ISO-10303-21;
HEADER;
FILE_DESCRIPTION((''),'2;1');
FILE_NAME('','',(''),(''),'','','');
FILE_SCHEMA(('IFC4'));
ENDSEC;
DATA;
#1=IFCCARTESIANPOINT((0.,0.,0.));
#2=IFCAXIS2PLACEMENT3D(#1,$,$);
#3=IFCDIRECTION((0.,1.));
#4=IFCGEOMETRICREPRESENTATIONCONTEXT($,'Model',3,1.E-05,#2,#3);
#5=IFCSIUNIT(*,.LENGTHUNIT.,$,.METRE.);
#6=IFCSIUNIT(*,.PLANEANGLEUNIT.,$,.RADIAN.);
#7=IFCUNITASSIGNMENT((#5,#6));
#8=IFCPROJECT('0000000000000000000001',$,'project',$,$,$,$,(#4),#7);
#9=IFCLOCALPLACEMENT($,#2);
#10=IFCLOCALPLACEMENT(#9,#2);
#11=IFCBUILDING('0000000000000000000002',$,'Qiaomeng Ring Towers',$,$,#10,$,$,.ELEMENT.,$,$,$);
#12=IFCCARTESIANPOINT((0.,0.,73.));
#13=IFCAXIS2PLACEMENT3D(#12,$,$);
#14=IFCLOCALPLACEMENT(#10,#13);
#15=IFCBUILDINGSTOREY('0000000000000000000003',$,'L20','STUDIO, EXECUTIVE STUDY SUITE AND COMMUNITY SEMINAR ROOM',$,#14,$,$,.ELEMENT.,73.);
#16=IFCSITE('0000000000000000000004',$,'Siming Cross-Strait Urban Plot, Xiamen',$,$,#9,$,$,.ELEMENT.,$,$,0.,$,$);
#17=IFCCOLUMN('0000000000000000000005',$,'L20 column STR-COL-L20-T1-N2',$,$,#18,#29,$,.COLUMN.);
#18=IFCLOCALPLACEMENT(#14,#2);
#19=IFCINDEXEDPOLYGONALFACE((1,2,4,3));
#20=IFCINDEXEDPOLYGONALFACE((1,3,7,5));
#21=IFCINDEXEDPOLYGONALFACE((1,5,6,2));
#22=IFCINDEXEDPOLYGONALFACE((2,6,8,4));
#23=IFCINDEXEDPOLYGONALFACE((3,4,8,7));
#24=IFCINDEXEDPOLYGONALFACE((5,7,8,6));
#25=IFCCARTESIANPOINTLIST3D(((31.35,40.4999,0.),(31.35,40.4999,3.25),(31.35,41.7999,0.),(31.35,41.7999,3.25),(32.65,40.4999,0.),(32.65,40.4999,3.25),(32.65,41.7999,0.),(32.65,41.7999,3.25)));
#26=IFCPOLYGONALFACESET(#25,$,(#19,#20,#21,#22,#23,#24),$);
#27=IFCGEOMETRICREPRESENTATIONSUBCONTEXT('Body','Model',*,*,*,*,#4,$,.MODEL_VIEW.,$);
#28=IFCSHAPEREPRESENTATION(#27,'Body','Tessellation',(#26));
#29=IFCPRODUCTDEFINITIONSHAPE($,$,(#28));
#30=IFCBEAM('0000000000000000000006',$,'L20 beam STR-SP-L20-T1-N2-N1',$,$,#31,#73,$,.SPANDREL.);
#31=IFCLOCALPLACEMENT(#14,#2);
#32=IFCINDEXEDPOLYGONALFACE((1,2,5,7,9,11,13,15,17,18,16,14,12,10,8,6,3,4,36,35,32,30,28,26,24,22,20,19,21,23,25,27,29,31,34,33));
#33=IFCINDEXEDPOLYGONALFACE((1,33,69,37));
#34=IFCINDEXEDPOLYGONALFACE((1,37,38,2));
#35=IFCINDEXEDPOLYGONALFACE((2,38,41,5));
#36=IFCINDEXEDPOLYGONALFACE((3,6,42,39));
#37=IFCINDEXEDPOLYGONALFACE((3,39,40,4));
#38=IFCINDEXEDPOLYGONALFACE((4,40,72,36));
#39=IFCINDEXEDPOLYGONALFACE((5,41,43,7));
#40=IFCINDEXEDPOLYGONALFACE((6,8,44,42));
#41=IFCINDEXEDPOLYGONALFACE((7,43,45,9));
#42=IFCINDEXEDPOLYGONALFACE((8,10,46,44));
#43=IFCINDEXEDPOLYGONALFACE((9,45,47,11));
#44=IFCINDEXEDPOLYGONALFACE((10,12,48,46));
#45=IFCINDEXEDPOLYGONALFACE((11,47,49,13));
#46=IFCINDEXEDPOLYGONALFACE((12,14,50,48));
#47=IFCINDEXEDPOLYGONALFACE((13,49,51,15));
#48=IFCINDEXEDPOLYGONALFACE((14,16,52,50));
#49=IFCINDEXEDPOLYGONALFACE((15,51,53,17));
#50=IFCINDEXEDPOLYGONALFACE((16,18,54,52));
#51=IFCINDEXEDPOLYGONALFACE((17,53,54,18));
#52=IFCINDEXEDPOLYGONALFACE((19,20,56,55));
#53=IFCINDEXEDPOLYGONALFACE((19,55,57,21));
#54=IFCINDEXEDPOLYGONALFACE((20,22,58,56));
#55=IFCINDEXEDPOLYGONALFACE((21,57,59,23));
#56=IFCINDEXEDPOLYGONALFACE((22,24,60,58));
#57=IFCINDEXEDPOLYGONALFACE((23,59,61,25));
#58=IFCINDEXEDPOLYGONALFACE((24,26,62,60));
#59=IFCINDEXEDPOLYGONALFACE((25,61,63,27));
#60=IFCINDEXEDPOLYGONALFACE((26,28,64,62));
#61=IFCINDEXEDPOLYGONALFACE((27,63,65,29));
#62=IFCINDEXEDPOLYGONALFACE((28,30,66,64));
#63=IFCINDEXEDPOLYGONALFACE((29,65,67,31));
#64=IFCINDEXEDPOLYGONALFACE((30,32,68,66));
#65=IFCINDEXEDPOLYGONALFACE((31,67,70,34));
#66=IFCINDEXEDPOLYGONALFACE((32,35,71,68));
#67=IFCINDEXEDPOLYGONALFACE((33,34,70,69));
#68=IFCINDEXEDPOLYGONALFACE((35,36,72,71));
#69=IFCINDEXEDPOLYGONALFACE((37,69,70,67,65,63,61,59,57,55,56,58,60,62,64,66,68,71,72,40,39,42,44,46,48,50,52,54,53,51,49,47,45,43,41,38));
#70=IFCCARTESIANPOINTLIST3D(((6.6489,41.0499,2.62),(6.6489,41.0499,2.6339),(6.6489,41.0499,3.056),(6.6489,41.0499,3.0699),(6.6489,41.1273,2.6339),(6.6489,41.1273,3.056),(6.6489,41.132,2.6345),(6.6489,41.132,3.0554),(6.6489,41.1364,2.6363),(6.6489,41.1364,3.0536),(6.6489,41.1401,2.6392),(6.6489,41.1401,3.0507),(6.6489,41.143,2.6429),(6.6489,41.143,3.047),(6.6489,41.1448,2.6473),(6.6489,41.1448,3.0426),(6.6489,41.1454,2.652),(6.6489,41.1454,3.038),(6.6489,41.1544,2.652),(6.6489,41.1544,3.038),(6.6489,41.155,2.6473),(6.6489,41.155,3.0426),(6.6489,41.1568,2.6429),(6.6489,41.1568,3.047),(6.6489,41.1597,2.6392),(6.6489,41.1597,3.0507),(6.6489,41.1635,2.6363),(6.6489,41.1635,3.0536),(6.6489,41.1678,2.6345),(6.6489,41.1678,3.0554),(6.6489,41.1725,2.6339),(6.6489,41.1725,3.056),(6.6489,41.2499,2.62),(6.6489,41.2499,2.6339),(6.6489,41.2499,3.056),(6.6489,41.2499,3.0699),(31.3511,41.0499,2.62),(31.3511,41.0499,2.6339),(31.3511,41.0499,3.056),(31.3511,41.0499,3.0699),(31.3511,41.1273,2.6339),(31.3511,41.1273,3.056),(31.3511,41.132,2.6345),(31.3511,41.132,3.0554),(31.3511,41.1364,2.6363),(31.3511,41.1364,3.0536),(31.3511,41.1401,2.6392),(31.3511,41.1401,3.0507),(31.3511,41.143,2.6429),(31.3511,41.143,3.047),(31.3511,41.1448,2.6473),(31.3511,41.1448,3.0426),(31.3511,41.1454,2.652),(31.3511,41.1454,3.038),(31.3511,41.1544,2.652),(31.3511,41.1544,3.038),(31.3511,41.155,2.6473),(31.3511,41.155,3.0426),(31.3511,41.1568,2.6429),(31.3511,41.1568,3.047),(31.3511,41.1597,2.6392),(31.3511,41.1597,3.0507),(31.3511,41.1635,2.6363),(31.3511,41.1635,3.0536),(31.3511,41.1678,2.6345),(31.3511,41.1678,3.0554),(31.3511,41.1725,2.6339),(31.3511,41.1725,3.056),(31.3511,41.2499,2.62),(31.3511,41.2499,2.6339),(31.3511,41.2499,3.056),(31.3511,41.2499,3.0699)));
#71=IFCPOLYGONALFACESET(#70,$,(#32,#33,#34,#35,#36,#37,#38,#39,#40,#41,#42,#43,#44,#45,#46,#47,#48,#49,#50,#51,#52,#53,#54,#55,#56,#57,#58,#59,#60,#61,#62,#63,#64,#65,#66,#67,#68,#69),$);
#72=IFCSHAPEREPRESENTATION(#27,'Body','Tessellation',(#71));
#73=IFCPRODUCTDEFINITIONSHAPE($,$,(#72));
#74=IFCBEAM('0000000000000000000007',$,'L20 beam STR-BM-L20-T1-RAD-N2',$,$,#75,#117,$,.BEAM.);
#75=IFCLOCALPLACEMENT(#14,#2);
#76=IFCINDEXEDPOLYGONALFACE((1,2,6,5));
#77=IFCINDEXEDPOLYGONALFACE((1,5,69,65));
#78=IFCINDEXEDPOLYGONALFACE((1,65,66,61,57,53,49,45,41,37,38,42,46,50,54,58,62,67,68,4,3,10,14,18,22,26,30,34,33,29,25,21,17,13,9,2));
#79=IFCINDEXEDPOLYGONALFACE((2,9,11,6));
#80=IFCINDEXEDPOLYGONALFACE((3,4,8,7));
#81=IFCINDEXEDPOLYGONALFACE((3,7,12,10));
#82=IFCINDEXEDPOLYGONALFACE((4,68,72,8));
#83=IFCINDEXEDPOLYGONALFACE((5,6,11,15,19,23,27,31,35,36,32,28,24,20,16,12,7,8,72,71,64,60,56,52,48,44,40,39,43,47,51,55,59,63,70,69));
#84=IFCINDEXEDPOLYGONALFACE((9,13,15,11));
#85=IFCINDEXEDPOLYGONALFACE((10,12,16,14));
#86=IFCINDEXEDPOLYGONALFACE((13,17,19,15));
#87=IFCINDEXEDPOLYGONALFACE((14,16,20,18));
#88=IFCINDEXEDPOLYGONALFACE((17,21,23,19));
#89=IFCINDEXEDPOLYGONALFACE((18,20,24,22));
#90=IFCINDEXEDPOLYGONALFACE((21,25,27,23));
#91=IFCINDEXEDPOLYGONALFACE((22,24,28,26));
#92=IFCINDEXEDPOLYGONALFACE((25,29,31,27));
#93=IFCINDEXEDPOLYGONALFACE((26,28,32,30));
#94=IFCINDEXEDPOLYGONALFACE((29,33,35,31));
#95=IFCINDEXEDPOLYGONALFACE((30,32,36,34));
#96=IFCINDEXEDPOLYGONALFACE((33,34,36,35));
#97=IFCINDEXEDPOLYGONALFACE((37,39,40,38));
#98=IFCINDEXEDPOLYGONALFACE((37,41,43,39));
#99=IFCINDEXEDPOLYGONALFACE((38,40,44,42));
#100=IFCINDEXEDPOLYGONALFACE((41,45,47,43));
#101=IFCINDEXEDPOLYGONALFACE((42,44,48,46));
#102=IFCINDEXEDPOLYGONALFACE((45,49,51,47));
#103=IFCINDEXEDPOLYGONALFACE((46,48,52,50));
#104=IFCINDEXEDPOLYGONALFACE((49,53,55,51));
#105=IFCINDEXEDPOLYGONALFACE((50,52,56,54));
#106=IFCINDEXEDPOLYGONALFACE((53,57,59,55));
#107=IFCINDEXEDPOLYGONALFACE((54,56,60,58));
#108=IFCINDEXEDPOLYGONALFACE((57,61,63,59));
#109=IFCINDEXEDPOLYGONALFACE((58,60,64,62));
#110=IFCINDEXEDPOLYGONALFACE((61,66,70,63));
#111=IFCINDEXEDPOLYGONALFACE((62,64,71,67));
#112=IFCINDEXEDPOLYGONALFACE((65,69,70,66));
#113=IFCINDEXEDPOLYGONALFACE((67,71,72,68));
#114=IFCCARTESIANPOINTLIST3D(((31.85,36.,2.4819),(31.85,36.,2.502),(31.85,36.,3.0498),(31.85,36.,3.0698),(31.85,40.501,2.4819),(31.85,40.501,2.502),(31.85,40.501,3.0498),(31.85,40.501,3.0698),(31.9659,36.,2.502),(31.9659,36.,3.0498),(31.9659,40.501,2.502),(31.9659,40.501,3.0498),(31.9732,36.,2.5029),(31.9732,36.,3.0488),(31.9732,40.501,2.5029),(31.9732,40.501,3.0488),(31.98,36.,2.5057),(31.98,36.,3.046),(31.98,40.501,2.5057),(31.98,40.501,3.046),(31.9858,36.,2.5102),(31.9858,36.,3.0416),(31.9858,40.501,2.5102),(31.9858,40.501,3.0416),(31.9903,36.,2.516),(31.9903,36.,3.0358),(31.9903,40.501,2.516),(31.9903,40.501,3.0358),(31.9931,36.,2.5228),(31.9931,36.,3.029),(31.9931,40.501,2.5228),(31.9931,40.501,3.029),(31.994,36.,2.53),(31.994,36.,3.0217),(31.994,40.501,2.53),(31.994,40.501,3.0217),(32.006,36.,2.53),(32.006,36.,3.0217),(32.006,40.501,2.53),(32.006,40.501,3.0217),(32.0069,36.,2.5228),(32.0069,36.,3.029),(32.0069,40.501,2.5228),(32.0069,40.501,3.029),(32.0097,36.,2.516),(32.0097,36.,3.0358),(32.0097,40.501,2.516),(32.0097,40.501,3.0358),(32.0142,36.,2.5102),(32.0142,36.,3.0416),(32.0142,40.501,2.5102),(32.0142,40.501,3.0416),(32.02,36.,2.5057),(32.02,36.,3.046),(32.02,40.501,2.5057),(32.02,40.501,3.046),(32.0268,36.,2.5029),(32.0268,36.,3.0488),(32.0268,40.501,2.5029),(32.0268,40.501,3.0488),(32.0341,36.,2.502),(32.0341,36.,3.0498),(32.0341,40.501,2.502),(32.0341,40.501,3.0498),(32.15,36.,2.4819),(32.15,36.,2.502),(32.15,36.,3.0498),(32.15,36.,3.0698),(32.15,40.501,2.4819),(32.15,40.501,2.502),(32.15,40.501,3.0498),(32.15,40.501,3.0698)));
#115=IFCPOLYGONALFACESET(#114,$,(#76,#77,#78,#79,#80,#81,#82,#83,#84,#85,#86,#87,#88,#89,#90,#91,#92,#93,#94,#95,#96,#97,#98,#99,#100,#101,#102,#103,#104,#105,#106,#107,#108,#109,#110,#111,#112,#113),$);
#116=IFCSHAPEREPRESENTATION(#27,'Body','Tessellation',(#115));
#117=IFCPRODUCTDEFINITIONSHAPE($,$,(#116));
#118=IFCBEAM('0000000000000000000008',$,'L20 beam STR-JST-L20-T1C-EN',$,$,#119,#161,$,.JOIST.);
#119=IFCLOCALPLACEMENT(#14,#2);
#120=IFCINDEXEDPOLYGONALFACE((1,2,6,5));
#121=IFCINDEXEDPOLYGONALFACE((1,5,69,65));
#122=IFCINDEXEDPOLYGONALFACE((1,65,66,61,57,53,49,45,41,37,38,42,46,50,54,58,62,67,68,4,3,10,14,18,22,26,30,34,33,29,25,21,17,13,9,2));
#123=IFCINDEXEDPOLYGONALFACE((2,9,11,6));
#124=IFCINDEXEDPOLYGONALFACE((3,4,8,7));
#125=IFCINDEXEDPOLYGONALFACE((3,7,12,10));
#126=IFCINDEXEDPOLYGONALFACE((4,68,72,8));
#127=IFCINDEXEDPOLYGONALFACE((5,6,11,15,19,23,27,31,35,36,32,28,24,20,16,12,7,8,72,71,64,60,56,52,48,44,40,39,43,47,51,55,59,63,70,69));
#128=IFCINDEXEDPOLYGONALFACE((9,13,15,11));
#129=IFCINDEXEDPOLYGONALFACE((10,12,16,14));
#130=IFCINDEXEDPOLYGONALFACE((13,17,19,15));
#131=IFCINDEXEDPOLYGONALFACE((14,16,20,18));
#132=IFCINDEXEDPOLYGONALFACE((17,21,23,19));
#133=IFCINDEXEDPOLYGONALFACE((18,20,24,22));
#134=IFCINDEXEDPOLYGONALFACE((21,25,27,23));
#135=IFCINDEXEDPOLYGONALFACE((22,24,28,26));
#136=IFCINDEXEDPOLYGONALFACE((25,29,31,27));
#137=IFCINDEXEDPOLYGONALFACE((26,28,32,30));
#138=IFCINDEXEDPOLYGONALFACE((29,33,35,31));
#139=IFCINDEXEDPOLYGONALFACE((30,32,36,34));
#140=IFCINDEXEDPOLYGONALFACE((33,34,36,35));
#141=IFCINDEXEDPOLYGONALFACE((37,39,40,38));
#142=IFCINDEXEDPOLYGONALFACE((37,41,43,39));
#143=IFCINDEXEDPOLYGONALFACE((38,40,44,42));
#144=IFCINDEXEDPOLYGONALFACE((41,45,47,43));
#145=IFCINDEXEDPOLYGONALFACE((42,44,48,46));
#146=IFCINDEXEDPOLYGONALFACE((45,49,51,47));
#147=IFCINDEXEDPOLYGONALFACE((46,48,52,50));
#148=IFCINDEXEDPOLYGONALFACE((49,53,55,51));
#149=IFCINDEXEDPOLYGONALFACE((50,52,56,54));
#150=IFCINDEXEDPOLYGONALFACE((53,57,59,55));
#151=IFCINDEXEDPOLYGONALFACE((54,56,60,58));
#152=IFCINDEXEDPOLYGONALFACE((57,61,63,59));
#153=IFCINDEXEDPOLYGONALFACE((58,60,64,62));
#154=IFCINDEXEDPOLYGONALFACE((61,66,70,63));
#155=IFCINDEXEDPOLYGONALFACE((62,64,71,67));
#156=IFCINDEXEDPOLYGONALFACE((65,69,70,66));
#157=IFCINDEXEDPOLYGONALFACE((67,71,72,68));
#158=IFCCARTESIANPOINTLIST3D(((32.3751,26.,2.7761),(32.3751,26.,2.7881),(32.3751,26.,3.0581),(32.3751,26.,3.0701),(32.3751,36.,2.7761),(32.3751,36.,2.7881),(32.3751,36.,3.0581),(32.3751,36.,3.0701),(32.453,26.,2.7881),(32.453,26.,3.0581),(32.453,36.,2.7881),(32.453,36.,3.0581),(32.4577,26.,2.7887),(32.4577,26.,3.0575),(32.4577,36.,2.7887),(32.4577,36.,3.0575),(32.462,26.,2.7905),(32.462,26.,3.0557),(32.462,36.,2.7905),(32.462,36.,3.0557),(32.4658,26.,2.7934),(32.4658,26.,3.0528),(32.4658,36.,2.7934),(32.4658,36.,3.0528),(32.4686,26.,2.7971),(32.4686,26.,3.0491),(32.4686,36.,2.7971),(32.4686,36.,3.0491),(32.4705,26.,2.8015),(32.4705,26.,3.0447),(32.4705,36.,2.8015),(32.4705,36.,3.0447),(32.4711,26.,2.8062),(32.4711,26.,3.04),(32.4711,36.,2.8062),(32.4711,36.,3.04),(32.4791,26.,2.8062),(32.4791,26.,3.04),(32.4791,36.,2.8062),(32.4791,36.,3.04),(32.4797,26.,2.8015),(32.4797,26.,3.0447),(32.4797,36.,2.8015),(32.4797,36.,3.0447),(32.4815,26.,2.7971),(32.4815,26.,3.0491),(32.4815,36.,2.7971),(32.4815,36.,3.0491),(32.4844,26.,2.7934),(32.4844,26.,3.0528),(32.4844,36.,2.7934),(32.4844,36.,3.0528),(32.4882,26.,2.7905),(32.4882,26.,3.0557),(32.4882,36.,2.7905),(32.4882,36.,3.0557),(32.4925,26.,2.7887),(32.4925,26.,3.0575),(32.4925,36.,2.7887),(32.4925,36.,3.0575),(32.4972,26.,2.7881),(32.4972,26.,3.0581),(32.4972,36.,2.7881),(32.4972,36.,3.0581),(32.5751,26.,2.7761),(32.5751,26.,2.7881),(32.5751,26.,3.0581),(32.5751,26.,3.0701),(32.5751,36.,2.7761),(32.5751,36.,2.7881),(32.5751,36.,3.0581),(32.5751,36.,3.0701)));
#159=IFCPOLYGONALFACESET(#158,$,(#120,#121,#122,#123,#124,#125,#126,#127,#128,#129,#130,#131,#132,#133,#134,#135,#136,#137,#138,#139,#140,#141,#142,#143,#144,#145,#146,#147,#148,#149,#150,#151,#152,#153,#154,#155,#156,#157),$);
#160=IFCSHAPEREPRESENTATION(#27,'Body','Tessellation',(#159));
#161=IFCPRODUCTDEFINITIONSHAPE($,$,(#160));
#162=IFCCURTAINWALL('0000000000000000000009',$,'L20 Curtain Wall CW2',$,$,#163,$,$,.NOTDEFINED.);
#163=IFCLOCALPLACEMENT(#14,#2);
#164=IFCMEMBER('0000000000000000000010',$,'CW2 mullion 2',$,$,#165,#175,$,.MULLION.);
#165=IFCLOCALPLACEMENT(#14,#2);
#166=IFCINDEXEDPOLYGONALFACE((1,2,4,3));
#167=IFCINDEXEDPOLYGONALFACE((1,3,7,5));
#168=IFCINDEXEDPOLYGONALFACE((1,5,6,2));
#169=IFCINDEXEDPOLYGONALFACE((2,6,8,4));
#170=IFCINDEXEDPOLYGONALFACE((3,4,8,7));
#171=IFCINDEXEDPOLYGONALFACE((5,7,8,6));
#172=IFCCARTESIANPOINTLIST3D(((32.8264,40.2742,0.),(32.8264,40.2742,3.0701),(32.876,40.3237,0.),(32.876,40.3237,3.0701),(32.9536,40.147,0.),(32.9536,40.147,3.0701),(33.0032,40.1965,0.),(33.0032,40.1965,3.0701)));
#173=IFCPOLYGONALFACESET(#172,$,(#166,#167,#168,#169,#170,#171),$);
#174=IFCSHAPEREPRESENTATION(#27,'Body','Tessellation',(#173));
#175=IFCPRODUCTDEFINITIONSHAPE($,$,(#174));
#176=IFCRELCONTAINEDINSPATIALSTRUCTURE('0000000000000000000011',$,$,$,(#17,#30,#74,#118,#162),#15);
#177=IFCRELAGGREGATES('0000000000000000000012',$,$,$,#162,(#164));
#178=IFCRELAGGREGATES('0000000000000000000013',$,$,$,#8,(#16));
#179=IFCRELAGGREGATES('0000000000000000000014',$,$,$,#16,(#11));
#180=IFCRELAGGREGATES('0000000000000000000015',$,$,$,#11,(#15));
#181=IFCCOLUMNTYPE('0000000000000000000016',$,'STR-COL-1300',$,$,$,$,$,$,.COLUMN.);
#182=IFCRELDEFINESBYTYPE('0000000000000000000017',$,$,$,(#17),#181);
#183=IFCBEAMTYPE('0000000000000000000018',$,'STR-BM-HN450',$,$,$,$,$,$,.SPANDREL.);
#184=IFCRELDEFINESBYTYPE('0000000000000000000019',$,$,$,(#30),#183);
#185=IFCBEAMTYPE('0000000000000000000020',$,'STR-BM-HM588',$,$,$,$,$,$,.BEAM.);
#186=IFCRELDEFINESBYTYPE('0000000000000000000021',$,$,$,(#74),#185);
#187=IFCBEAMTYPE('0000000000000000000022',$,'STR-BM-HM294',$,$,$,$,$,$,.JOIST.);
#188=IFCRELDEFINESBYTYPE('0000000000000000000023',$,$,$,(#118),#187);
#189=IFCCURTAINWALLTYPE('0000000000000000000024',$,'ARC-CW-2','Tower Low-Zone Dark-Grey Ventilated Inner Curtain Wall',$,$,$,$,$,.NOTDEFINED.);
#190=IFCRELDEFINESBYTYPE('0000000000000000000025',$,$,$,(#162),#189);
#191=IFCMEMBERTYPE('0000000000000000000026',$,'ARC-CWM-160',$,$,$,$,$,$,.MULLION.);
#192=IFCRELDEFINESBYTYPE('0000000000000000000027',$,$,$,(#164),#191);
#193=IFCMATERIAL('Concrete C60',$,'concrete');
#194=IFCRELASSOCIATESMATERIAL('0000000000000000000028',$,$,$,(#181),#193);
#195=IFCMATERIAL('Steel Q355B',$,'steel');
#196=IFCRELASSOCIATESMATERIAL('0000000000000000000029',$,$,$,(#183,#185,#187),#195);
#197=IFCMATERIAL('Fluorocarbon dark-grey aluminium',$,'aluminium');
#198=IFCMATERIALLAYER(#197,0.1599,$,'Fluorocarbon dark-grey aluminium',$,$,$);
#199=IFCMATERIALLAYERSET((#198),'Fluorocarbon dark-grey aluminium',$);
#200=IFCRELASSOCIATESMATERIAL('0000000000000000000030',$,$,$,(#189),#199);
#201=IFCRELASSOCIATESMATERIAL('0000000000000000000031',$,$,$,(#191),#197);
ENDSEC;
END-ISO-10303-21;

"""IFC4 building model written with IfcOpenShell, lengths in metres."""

from ifc_helpers import new_model, si_unit, direction, frame, origin, origin_2d, place, context, subcontext, project, spatial, rectangle, i_section, extrude, source, transform, mapped, material, layer, layer_set, material_profile, profile_set, type_object, element, aggregate, save


model = new_model("IFC4")

# Units and contexts
model_context = context("Model", 3, precision=1e-05, world=origin(), true_north=direction((0.0, 1.0)))
body_context = subcontext(model_context, "Body", "Model", "MODEL_VIEW")
ifc_project = project(units=[si_unit("LENGTHUNIT", "METRE"), si_unit("PLANEANGLEUNIT", "RADIAN")], contexts=[model_context])

# Site, building, storey
site_placement = place(None, origin())
site = spatial("IfcSite", under=ifc_project, at=site_placement, Name="Siming Cross-Strait Urban Plot, Xiamen", CompositionType="ELEMENT", RefElevation=0.0)
building_placement = place(site_placement, origin())
building = spatial("IfcBuilding", under=site, at=building_placement, Name="Qiaomeng Ring Towers", CompositionType="ELEMENT")
storey_placement = place(building_placement, frame((0.0, 0.0, 73.0)))
storey = spatial("IfcBuildingStorey", under=building, at=storey_placement, Name="L20", Description="STUDIO, EXECUTIVE STUDY SUITE AND COMMUNITY SEMINAR ROOM", CompositionType="ELEMENT", Elevation=73.0)

# Column
ifc_material_1 = material(Name="Concrete C60", Category="concrete")
ifc_material_profile_1 = material_profile(ifc_material_1, rectangle(XDim=1.3, YDim=1.3, at=origin_2d()), Name="RC COL 1300x1300")
ifc_profile_set_1 = profile_set([ifc_material_profile_1], Name="Concrete C60")
column_type = type_object("IfcColumnType", Name="STR-COL-1300", PredefinedType="COLUMN", material=ifc_profile_set_1)
shared_shape_1 = source(origin(), body_context, "Body", "SweptSolid", [
    extrude(rectangle(XDim=1.3, YDim=1.3, at=origin_2d()), origin(), (0.0, 0.0, 1.0), 3.25),
])
column_placement = place(storey_placement, frame((32.0, 41.1499, 0.0), z_axis=(0.0, 0.0, 1.0), x_axis=(1.0, 0.0, 0.0)))
element("IfcColumn", 1, at=column_placement, inside=storey, type_object=column_type, Name="L20 column STR-COL-L20-T1-N2", PredefinedType="COLUMN", context=body_context, shape_type="MappedRepresentation", body=[
    mapped(shared_shape_1, transform((0.0, 0.0, 0.0), x_axis=(1.0, 0.0, 0.0), y_axis=(0.0, 1.0, 0.0), z_axis=(0.0, 0.0, 1.0), scale=1.0)),
])

# Beams
ifc_material_2 = material(Name="Steel Q355B", Category="steel")
ifc_material_profile_2 = material_profile(ifc_material_2, i_section(OverallWidth=0.2, OverallDepth=0.45, WebThickness=0.009, FlangeThickness=0.0139, FilletRadius=0.0181, at=origin_2d()), Name="HN 450x200x9x14")
ifc_profile_set_2 = profile_set([ifc_material_profile_2], Name="Steel Q355B")
beam_type_1 = type_object("IfcBeamType", Name="STR-BM-HN450", PredefinedType="SPANDREL", material=ifc_profile_set_2)
shared_shape_2 = source(origin(), body_context, "Body", "SweptSolid", [
    extrude(i_section(OverallWidth=0.2, OverallDepth=0.45, WebThickness=0.009, FlangeThickness=0.0139, FilletRadius=0.0181, at=origin_2d()), origin(), (0.0, 0.0, 1.0), 24.7021),
])
beam_1_placement = place(storey_placement, frame((31.3511, 41.1499, 2.845), z_axis=(-1.0, 0.0, 0.0), x_axis=(0.0, -1.0, 0.0)))
element("IfcBeam", 2, at=beam_1_placement, inside=storey, type_object=beam_type_1, Name="L20 beam STR-SP-L20-T1-N2-N1", PredefinedType="SPANDREL", context=body_context, shape_type="MappedRepresentation", body=[
    mapped(shared_shape_2, transform((0.0, 0.0, 0.0), x_axis=(1.0, 0.0, 0.0), y_axis=(0.0, 1.0, 0.0), z_axis=(0.0, 0.0, 1.0), scale=1.0)),
])
ifc_material_profile_3 = material_profile(ifc_material_2, i_section(OverallWidth=0.3, OverallDepth=0.5879, WebThickness=0.012, FlangeThickness=0.02, FilletRadius=0.0281, at=origin_2d()), Name="HM 588x300x12x20")
ifc_profile_set_3 = profile_set([ifc_material_profile_3], Name="Steel Q355B")
beam_type_2 = type_object("IfcBeamType", Name="STR-BM-HM588", PredefinedType="BEAM", material=ifc_profile_set_3)
shared_shape_3 = source(origin(), body_context, "Body", "SweptSolid", [
    extrude(i_section(OverallWidth=0.3, OverallDepth=0.5879, WebThickness=0.012, FlangeThickness=0.02, FilletRadius=0.0281, at=origin_2d()), origin(), (0.0, 0.0, 1.0), 4.501),
])
beam_2_placement = place(storey_placement, frame((32.0, 40.501, 2.7759), z_axis=(0.0, -1.0, 0.0), x_axis=(1.0, 0.0, 0.0)))
element("IfcBeam", 3, at=beam_2_placement, inside=storey, type_object=beam_type_2, Name="L20 beam STR-BM-L20-T1-RAD-N2", PredefinedType="BEAM", context=body_context, shape_type="MappedRepresentation", body=[
    mapped(shared_shape_3, transform((0.0, 0.0, 0.0), x_axis=(1.0, 0.0, 0.0), y_axis=(0.0, 1.0, 0.0), z_axis=(0.0, 0.0, 1.0), scale=1.0)),
])
ifc_material_profile_4 = material_profile(ifc_material_2, i_section(OverallWidth=0.2, OverallDepth=0.2939, WebThickness=0.0081, FlangeThickness=0.012, FilletRadius=0.0181, at=origin_2d()), Name="HM 294x200x8x12")
ifc_profile_set_4 = profile_set([ifc_material_profile_4], Name="Steel Q355B")
beam_type_3 = type_object("IfcBeamType", Name="STR-BM-HM294", PredefinedType="JOIST", material=ifc_profile_set_4)
shared_shape_4 = source(origin(), body_context, "Body", "SweptSolid", [
    extrude(i_section(OverallWidth=0.2, OverallDepth=0.2939, WebThickness=0.0081, FlangeThickness=0.012, FilletRadius=0.0181, at=origin_2d()), origin(), (0.0, 0.0, 1.0), 10.0),
])
beam_3_placement = place(storey_placement, frame((32.4751, 26.0, 2.9231), z_axis=(0.0, 1.0, 0.0), x_axis=(-1.0, 0.0, 0.0)))
element("IfcBeam", 4, at=beam_3_placement, inside=storey, type_object=beam_type_3, Name="L20 beam STR-JST-L20-T1C-EN", PredefinedType="JOIST", context=body_context, shape_type="MappedRepresentation", body=[
    mapped(shared_shape_4, transform((0.0, 0.0, 0.0), x_axis=(1.0, 0.0, 0.0), y_axis=(0.0, 1.0, 0.0), z_axis=(0.0, 0.0, 1.0), scale=1.0)),
])

# Curtain wall, member
ifc_material_3 = material(Name="Fluorocarbon dark-grey aluminium", Category="aluminium")
ifc_layer_1 = layer(ifc_material_3, 0.1599, Name="Fluorocarbon dark-grey aluminium")
ifc_layer_set_1 = layer_set([ifc_layer_1], Name="Fluorocarbon dark-grey aluminium")
curtain_wall_type = type_object("IfcCurtainWallType", Name="ARC-CW-2", Description="Tower Low-Zone Dark-Grey Ventilated Inner Curtain Wall", PredefinedType="NOTDEFINED", material=ifc_layer_set_1)
curtain_wall_placement = place(storey_placement, origin())
curtain_wall = element("IfcCurtainWall", 5, at=curtain_wall_placement, inside=storey, type_object=curtain_wall_type, Name="L20 Curtain Wall CW2", PredefinedType="NOTDEFINED")
ifc_material_profile_5 = material_profile(ifc_material_3, rectangle(XDim=0.0701, YDim=0.1799, at=origin_2d()), Name="ALU MULL 70x180")
ifc_profile_set_5 = profile_set([ifc_material_profile_5], Name="Fluorocarbon dark-grey aluminium")
member_type = type_object("IfcMemberType", Name="ARC-CWM-160", PredefinedType="MULLION", material=ifc_profile_set_5)
shared_shape_5 = source(origin(), body_context, "Body", "SweptSolid", [
    extrude(rectangle(XDim=0.0701, YDim=0.1799, at=origin_2d()), origin(), (0.0, 0.0, 1.0), 3.0701),
])
member_placement = place(storey_placement, frame((32.9148, 40.2354, 0.0), z_axis=(0.0, 0.0, 1.0), x_axis=(-0.707107, -0.707107, 0.0)))
member = element("IfcMember", 6, at=member_placement, type_object=member_type, Name="CW2 mullion 2", PredefinedType="MULLION", context=body_context, shape_type="MappedRepresentation", body=[
    mapped(shared_shape_5, transform((0.0, 0.0, 0.0), x_axis=(1.0, 0.0, 0.0), y_axis=(0.0, 1.0, 0.0), z_axis=(0.0, 0.0, 1.0), scale=1.0)),
])
aggregate(curtain_wall, [member])

save(model, "model.ifc")
